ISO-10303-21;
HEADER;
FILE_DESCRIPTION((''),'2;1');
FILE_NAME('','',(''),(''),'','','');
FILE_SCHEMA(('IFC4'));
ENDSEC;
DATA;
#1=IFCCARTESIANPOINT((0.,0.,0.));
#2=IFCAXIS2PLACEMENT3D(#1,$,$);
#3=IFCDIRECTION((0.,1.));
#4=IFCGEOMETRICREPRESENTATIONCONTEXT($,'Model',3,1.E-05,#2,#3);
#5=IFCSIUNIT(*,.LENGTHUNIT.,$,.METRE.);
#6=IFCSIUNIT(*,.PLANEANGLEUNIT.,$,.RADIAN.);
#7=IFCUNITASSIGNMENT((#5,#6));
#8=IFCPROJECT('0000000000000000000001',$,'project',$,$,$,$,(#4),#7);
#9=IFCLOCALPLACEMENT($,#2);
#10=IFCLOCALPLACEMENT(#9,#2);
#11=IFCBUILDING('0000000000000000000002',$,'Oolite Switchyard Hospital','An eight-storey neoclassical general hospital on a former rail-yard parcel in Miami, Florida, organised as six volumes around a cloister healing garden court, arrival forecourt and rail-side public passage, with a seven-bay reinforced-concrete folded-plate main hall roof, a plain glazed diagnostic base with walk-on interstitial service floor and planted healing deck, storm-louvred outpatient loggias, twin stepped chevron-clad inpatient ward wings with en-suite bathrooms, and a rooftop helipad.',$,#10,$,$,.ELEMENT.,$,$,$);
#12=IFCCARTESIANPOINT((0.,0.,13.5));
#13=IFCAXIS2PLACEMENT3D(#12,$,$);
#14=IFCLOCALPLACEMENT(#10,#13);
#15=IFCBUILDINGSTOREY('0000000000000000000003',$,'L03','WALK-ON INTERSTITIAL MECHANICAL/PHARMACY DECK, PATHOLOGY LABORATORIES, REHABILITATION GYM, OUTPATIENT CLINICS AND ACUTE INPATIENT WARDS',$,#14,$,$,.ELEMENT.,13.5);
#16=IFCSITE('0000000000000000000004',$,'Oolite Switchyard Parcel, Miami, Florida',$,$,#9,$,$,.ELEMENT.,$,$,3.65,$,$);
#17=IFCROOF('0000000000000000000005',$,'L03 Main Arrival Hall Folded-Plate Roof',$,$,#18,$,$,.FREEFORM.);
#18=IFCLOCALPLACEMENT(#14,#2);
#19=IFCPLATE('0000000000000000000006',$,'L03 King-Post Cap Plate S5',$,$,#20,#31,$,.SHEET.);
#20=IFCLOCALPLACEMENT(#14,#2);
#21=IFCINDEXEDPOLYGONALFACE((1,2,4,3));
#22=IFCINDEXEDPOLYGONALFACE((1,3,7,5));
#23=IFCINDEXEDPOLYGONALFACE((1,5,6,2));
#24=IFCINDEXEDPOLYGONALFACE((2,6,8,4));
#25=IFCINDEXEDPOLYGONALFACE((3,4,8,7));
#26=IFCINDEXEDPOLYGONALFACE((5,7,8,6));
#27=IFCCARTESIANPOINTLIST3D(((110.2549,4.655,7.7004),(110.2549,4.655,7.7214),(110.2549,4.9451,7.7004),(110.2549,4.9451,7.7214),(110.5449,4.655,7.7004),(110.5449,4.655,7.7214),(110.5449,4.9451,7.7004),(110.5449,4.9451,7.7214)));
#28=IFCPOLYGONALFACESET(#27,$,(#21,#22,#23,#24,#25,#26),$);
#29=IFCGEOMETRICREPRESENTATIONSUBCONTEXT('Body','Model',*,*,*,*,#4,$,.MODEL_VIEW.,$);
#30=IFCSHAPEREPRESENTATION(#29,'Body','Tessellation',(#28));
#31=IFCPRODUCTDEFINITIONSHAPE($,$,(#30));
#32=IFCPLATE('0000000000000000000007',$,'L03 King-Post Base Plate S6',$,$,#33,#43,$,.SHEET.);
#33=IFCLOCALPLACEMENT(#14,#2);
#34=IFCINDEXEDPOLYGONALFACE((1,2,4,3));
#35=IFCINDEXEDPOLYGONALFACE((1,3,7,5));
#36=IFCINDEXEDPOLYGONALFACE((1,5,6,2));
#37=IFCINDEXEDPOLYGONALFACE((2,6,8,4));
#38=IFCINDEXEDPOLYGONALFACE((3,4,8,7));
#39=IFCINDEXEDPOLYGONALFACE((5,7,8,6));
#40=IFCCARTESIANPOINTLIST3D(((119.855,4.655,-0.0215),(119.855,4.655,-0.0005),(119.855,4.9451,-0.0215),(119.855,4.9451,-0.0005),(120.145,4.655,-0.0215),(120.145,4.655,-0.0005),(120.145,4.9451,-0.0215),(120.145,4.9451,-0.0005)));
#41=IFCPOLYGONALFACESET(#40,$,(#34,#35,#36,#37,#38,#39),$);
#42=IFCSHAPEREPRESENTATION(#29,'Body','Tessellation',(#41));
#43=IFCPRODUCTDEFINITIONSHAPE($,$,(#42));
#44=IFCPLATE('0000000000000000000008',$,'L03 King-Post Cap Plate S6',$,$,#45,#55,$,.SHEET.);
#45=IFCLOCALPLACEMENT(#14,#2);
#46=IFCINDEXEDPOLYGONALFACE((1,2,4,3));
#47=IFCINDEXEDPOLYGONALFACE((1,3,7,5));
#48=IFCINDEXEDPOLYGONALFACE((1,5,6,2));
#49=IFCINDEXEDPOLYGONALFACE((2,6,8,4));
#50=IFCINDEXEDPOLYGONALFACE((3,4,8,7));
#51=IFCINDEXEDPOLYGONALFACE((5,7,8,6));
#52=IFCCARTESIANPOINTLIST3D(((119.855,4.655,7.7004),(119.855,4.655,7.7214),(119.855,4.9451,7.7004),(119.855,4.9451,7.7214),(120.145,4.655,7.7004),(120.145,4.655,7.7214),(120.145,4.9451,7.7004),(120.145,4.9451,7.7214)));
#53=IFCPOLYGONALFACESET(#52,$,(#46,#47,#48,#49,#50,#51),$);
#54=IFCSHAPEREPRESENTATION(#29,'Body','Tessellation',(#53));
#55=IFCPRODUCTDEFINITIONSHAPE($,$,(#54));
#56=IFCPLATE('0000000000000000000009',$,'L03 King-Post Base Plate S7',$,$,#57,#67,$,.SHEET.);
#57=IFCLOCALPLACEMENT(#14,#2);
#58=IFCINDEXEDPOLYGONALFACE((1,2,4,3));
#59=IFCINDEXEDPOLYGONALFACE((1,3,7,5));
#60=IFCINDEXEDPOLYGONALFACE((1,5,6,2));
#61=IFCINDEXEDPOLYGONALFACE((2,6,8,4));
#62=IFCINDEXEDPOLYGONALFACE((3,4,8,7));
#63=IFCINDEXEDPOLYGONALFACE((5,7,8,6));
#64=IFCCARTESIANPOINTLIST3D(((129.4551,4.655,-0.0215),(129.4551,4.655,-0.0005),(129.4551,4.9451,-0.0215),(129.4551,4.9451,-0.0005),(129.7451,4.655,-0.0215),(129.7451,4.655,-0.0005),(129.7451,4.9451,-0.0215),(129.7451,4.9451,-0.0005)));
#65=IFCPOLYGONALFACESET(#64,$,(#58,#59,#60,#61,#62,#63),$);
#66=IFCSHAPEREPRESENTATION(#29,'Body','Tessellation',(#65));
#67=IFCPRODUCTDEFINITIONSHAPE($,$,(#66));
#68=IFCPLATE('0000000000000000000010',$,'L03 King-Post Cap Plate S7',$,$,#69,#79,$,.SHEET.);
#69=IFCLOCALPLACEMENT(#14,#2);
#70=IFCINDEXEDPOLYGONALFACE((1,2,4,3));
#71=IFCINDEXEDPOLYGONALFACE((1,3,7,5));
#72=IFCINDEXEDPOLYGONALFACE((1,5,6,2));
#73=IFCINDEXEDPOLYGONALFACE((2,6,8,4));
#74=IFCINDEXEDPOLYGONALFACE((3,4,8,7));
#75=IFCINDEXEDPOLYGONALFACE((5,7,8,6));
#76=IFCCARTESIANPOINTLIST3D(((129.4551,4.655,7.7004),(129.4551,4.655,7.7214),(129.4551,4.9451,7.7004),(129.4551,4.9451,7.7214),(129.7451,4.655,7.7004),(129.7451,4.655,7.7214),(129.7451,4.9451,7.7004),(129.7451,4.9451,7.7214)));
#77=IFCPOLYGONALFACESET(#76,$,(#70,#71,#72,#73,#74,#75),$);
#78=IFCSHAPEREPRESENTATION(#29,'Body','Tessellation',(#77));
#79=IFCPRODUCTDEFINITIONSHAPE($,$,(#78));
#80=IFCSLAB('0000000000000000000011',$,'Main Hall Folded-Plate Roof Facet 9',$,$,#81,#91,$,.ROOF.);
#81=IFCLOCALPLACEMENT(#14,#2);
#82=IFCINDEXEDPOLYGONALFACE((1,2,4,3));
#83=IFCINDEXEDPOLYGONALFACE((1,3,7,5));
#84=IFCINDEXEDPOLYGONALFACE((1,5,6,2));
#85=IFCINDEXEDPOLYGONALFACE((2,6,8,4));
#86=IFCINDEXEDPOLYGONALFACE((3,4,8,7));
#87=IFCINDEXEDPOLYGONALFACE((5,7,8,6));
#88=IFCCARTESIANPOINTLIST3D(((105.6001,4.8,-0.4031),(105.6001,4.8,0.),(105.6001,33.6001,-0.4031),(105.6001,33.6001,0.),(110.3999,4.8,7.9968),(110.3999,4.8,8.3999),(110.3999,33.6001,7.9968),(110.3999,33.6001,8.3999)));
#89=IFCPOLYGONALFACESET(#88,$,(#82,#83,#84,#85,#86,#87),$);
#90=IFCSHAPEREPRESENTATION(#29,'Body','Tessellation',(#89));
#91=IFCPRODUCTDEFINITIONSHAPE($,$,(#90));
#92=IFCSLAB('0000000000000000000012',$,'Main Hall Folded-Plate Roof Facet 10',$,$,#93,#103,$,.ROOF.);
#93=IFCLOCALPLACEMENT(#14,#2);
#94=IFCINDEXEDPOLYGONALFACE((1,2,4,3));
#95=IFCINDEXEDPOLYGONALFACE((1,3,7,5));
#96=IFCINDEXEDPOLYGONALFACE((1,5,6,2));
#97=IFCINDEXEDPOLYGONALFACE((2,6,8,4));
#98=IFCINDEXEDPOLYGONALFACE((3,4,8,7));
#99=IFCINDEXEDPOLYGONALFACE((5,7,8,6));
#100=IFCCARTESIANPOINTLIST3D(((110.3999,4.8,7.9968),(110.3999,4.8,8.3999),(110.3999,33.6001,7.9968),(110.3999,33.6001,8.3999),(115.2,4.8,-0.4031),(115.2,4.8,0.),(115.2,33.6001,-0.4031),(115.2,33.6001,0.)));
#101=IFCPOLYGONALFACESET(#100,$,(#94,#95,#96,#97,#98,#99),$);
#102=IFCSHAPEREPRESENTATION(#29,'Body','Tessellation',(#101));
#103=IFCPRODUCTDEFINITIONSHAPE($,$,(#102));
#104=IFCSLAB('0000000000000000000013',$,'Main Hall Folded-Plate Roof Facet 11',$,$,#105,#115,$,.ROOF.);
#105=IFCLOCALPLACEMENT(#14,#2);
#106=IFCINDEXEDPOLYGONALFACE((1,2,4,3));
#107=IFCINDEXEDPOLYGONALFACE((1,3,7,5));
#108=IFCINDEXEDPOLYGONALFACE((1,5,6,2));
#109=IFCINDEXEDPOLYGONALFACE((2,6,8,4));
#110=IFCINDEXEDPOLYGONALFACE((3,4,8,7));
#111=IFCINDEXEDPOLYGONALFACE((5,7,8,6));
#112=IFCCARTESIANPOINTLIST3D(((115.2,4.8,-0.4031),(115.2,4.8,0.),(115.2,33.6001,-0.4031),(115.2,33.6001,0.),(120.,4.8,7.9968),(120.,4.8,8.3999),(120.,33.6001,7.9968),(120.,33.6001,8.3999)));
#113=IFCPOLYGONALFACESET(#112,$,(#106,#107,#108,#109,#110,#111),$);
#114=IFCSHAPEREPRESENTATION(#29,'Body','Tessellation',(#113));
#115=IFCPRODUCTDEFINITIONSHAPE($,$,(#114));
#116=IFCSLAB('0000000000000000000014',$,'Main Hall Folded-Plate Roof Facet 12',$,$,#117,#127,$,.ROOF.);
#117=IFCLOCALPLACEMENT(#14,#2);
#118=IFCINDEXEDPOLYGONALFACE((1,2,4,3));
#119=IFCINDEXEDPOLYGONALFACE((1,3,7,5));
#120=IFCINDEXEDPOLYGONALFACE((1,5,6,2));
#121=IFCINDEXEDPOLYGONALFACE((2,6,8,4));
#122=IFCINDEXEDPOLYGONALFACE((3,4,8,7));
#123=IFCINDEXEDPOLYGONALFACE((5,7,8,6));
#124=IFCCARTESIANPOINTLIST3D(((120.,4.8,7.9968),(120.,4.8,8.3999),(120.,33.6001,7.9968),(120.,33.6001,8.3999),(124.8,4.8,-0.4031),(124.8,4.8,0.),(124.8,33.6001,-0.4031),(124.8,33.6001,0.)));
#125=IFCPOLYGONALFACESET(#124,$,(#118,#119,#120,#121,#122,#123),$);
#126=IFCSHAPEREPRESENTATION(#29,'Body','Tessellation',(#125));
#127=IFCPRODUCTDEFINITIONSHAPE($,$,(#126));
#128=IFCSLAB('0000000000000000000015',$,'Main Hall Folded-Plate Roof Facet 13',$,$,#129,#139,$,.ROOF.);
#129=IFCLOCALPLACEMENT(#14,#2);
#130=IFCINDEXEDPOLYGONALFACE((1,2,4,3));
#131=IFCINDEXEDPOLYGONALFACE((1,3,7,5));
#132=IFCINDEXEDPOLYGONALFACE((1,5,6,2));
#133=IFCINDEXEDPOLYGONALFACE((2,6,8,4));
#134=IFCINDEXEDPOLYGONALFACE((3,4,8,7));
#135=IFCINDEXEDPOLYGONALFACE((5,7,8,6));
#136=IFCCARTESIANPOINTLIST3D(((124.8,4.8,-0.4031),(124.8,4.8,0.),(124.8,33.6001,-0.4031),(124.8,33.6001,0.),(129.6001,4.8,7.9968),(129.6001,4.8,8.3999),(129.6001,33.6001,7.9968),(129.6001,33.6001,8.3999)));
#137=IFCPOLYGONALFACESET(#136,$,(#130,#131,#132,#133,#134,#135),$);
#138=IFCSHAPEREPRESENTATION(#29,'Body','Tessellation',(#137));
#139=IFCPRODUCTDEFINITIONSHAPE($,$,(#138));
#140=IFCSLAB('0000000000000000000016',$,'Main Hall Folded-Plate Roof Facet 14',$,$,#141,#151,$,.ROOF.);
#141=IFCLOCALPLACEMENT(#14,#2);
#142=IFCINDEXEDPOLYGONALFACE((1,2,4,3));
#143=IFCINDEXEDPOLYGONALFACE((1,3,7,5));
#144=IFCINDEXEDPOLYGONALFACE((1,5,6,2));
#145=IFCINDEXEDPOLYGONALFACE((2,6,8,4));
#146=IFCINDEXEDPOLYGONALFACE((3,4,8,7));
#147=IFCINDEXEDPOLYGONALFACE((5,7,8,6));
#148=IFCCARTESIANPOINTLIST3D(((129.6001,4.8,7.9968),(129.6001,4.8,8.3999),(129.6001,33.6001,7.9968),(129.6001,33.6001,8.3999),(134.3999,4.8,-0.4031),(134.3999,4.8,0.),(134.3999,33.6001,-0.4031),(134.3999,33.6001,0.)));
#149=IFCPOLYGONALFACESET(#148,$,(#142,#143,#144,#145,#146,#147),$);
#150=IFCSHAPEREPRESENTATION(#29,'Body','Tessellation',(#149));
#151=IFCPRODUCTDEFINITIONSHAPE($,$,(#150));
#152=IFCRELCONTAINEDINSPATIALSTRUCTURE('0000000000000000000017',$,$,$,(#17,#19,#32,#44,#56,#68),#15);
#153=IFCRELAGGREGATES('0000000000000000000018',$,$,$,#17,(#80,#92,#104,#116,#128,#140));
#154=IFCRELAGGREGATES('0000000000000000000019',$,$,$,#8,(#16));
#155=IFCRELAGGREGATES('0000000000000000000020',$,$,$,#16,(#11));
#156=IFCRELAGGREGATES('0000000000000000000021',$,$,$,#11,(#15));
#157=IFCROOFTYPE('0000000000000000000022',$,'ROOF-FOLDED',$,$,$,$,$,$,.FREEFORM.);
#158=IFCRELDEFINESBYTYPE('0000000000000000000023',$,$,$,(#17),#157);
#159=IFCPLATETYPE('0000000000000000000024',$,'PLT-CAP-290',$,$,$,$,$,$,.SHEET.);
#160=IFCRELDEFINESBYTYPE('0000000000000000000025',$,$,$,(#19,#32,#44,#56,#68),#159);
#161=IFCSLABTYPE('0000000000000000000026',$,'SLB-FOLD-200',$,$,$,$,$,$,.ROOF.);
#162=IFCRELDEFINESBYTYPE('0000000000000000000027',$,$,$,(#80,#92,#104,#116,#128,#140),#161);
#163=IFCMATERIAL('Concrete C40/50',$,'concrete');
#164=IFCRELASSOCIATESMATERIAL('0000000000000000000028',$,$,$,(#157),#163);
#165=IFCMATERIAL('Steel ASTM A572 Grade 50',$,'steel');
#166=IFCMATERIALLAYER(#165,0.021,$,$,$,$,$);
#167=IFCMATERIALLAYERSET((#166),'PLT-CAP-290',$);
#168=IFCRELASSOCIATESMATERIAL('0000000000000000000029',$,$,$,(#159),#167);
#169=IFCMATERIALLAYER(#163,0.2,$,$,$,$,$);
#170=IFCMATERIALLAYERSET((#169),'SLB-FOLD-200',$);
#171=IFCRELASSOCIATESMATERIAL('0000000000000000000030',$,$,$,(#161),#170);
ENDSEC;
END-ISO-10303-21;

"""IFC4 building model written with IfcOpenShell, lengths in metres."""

from ifc_helpers import new_model, si_unit, direction, frame, origin, origin_2d, place, context, subcontext, project, spatial, polyline, rectangle, outline, extrude, material, layer, layer_set, type_object, element, aggregate, save


model = new_model("IFC4")

# Units and contexts
model_context = context("Model", 3, precision=1e-05, world=origin(), true_north=direction((0.0, 1.0)))
body_context = subcontext(model_context, "Body", "Model", "MODEL_VIEW")
ifc_project = project(units=[si_unit("LENGTHUNIT", "METRE"), si_unit("PLANEANGLEUNIT", "RADIAN")], contexts=[model_context])

# Site, building, storey
site_placement = place(None, origin())
site = spatial("IfcSite", under=ifc_project, at=site_placement, Name="Oolite Switchyard Parcel, Miami, Florida", CompositionType="ELEMENT", RefElevation=3.65)
building_placement = place(site_placement, origin())
building = spatial("IfcBuilding", under=site, at=building_placement, Name="Oolite Switchyard Hospital", Description="An eight-storey neoclassical general hospital on a former rail-yard parcel in Miami, Florida, organised as six volumes around a cloister healing garden court, arrival forecourt and rail-side public passage, with a seven-bay reinforced-concrete folded-plate main hall roof, a plain glazed diagnostic base with walk-on interstitial service floor and planted healing deck, storm-louvred outpatient loggias, twin stepped chevron-clad inpatient ward wings with en-suite bathrooms, and a rooftop helipad.", CompositionType="ELEMENT")
storey_placement = place(building_placement, frame((0.0, 0.0, 13.5)))
storey = spatial("IfcBuildingStorey", under=building, at=storey_placement, Name="L03", Description="WALK-ON INTERSTITIAL MECHANICAL/PHARMACY DECK, PATHOLOGY LABORATORIES, REHABILITATION GYM, OUTPATIENT CLINICS AND ACUTE INPATIENT WARDS", CompositionType="ELEMENT", Elevation=13.5)

# Roof
ifc_material_1 = material(Name="Concrete C40/50", Category="concrete")
roof_type = type_object("IfcRoofType", Name="ROOF-FOLDED", PredefinedType="FREEFORM", material=ifc_material_1)
roof_placement = place(storey_placement, origin())
roof = element("IfcRoof", 1, at=roof_placement, inside=storey, type_object=roof_type, Name="L03 Main Arrival Hall Folded-Plate Roof", PredefinedType="FREEFORM")

# Plates
ifc_material_2 = material(Name="Steel ASTM A572 Grade 50", Category="steel")
ifc_layer_1 = layer(ifc_material_2, 0.021)
ifc_layer_set_1 = layer_set([ifc_layer_1], Name="PLT-CAP-290")
plate_type = type_object("IfcPlateType", Name="PLT-CAP-290", PredefinedType="SHEET", material=ifc_layer_set_1)
for number, where, z_axis, x_axis, name in (
    (2, (110.3999, 4.8, 7.7004), (0.0, 0.0, 1.0), (1.0, 0.0, 0.0), "L03 King-Post Cap Plate S5"),
    (3, (120.0, 4.8, -0.0215), (0.0, 0.0, 1.0), (1.0, 0.0, 0.0), "L03 King-Post Base Plate S6"),
    (4, (120.0, 4.8, 7.7004), (0.0, 0.0, 1.0), (1.0, 0.0, 0.0), "L03 King-Post Cap Plate S6"),
    (5, (129.6001, 4.8, -0.0215), (0.0, 0.0, 1.0), (1.0, 0.0, 0.0), "L03 King-Post Base Plate S7"),
    (6, (129.6001, 4.8, 7.7004), (0.0, 0.0, 1.0), (1.0, 0.0, 0.0), "L03 King-Post Cap Plate S7"),
):
    element("IfcPlate", number, at=place(storey_placement, frame(where, z_axis=z_axis, x_axis=x_axis)), inside=storey, type_object=plate_type, Name=name, PredefinedType="SHEET", context=body_context, shape_type="SweptSolid", body=[
        extrude(rectangle(XDim=0.29, YDim=0.29, at=origin_2d()), origin(), (0.0, 0.0, 1.0), 0.021),
    ])

# Slabs
ifc_layer_2 = layer(ifc_material_1, 0.2)
ifc_layer_set_2 = layer_set([ifc_layer_2], Name="SLB-FOLD-200")
slab_type = type_object("IfcSlabType", Name="SLB-FOLD-200", PredefinedType="ROOF", material=ifc_layer_set_2)
slab_1_placement = place(storey_placement, frame((105.6001, 4.8, 0.0), z_axis=(-0.868249, 0.0, 0.496128), x_axis=(0.496128, 0.0, 0.868249)))
slab_1 = element("IfcSlab", 7, at=slab_1_placement, type_object=slab_type, Name="Main Hall Folded-Plate Roof Facet 9", PredefinedType="ROOF", context=body_context, shape_type="SweptSolid", body=[
    extrude(outline(polyline([(0.0, 0.0), (9.6745, 0.0), (9.6745, 28.8), (0.0, 28.8), (0.0, 0.0)])), origin(), (-0.868249, 0.0, -0.496128), 0.4031),
])
slab_2_placement = place(storey_placement, frame((110.3999, 4.8, 8.3999), z_axis=(0.868238, 0.0, 0.496147), x_axis=(0.496147, 0.0, -0.868238)))
slab_2 = element("IfcSlab", 8, at=slab_2_placement, type_object=slab_type, Name="Main Hall Folded-Plate Roof Facet 10", PredefinedType="ROOF", context=body_context, shape_type="SweptSolid", body=[
    extrude(outline(polyline([(0.0, 0.0), (9.6746, 0.0), (9.6746, 28.8), (0.0, 28.8), (0.0, 0.0)])), origin(), (0.868238, 0.0, -0.496147), 0.4031),
])
slab_3_placement = place(storey_placement, frame((115.2, 4.8, 0.0), z_axis=(-0.868238, 0.0, 0.496147), x_axis=(0.496147, 0.0, 0.868238)))
slab_3 = element("IfcSlab", 9, at=slab_3_placement, type_object=slab_type, Name="Main Hall Folded-Plate Roof Facet 11", PredefinedType="ROOF", context=body_context, shape_type="SweptSolid", body=[
    extrude(outline(polyline([(0.0, 0.0), (9.6746, 0.0), (9.6746, 28.8), (0.0, 28.8), (0.0, 0.0)])), origin(), (-0.868238, 0.0, -0.496147), 0.4031),
])
slab_4_placement = place(storey_placement, frame((120.0, 4.8, 8.3999), z_axis=(0.868238, 0.0, 0.496147), x_axis=(0.496147, 0.0, -0.868238)))
slab_4 = element("IfcSlab", 10, at=slab_4_placement, type_object=slab_type, Name="Main Hall Folded-Plate Roof Facet 12", PredefinedType="ROOF", context=body_context, shape_type="SweptSolid", body=[
    extrude(outline(polyline([(0.0, 0.0), (9.6746, 0.0), (9.6746, 28.8), (0.0, 28.8), (0.0, 0.0)])), origin(), (0.868238, 0.0, -0.496147), 0.4031),
])
slab_5_placement = place(storey_placement, frame((124.8, 4.8, 0.0), z_axis=(-0.868238, 0.0, 0.496147), x_axis=(0.496147, 0.0, 0.868238)))
slab_5 = element("IfcSlab", 11, at=slab_5_placement, type_object=slab_type, Name="Main Hall Folded-Plate Roof Facet 13", PredefinedType="ROOF", context=body_context, shape_type="SweptSolid", body=[
    extrude(outline(polyline([(0.0, 0.0), (9.6746, 0.0), (9.6746, 28.8), (0.0, 28.8), (0.0, 0.0)])), origin(), (-0.868238, 0.0, -0.496147), 0.4031),
])
slab_6_placement = place(storey_placement, frame((129.6001, 4.8, 8.3999), z_axis=(0.868249, 0.0, 0.496128), x_axis=(0.496128, 0.0, -0.868249)))
slab_6 = element("IfcSlab", 12, at=slab_6_placement, type_object=slab_type, Name="Main Hall Folded-Plate Roof Facet 14", PredefinedType="ROOF", context=body_context, shape_type="SweptSolid", body=[
    extrude(outline(polyline([(0.0, 0.0), (9.6745, 0.0), (9.6745, 28.8), (0.0, 28.8), (0.0, 0.0)])), origin(), (0.868249, 0.0, -0.496128), 0.4031),
])
aggregate(roof, [slab_1, slab_2, slab_3, slab_4, slab_5, slab_6])

save(model, "model.ifc")
